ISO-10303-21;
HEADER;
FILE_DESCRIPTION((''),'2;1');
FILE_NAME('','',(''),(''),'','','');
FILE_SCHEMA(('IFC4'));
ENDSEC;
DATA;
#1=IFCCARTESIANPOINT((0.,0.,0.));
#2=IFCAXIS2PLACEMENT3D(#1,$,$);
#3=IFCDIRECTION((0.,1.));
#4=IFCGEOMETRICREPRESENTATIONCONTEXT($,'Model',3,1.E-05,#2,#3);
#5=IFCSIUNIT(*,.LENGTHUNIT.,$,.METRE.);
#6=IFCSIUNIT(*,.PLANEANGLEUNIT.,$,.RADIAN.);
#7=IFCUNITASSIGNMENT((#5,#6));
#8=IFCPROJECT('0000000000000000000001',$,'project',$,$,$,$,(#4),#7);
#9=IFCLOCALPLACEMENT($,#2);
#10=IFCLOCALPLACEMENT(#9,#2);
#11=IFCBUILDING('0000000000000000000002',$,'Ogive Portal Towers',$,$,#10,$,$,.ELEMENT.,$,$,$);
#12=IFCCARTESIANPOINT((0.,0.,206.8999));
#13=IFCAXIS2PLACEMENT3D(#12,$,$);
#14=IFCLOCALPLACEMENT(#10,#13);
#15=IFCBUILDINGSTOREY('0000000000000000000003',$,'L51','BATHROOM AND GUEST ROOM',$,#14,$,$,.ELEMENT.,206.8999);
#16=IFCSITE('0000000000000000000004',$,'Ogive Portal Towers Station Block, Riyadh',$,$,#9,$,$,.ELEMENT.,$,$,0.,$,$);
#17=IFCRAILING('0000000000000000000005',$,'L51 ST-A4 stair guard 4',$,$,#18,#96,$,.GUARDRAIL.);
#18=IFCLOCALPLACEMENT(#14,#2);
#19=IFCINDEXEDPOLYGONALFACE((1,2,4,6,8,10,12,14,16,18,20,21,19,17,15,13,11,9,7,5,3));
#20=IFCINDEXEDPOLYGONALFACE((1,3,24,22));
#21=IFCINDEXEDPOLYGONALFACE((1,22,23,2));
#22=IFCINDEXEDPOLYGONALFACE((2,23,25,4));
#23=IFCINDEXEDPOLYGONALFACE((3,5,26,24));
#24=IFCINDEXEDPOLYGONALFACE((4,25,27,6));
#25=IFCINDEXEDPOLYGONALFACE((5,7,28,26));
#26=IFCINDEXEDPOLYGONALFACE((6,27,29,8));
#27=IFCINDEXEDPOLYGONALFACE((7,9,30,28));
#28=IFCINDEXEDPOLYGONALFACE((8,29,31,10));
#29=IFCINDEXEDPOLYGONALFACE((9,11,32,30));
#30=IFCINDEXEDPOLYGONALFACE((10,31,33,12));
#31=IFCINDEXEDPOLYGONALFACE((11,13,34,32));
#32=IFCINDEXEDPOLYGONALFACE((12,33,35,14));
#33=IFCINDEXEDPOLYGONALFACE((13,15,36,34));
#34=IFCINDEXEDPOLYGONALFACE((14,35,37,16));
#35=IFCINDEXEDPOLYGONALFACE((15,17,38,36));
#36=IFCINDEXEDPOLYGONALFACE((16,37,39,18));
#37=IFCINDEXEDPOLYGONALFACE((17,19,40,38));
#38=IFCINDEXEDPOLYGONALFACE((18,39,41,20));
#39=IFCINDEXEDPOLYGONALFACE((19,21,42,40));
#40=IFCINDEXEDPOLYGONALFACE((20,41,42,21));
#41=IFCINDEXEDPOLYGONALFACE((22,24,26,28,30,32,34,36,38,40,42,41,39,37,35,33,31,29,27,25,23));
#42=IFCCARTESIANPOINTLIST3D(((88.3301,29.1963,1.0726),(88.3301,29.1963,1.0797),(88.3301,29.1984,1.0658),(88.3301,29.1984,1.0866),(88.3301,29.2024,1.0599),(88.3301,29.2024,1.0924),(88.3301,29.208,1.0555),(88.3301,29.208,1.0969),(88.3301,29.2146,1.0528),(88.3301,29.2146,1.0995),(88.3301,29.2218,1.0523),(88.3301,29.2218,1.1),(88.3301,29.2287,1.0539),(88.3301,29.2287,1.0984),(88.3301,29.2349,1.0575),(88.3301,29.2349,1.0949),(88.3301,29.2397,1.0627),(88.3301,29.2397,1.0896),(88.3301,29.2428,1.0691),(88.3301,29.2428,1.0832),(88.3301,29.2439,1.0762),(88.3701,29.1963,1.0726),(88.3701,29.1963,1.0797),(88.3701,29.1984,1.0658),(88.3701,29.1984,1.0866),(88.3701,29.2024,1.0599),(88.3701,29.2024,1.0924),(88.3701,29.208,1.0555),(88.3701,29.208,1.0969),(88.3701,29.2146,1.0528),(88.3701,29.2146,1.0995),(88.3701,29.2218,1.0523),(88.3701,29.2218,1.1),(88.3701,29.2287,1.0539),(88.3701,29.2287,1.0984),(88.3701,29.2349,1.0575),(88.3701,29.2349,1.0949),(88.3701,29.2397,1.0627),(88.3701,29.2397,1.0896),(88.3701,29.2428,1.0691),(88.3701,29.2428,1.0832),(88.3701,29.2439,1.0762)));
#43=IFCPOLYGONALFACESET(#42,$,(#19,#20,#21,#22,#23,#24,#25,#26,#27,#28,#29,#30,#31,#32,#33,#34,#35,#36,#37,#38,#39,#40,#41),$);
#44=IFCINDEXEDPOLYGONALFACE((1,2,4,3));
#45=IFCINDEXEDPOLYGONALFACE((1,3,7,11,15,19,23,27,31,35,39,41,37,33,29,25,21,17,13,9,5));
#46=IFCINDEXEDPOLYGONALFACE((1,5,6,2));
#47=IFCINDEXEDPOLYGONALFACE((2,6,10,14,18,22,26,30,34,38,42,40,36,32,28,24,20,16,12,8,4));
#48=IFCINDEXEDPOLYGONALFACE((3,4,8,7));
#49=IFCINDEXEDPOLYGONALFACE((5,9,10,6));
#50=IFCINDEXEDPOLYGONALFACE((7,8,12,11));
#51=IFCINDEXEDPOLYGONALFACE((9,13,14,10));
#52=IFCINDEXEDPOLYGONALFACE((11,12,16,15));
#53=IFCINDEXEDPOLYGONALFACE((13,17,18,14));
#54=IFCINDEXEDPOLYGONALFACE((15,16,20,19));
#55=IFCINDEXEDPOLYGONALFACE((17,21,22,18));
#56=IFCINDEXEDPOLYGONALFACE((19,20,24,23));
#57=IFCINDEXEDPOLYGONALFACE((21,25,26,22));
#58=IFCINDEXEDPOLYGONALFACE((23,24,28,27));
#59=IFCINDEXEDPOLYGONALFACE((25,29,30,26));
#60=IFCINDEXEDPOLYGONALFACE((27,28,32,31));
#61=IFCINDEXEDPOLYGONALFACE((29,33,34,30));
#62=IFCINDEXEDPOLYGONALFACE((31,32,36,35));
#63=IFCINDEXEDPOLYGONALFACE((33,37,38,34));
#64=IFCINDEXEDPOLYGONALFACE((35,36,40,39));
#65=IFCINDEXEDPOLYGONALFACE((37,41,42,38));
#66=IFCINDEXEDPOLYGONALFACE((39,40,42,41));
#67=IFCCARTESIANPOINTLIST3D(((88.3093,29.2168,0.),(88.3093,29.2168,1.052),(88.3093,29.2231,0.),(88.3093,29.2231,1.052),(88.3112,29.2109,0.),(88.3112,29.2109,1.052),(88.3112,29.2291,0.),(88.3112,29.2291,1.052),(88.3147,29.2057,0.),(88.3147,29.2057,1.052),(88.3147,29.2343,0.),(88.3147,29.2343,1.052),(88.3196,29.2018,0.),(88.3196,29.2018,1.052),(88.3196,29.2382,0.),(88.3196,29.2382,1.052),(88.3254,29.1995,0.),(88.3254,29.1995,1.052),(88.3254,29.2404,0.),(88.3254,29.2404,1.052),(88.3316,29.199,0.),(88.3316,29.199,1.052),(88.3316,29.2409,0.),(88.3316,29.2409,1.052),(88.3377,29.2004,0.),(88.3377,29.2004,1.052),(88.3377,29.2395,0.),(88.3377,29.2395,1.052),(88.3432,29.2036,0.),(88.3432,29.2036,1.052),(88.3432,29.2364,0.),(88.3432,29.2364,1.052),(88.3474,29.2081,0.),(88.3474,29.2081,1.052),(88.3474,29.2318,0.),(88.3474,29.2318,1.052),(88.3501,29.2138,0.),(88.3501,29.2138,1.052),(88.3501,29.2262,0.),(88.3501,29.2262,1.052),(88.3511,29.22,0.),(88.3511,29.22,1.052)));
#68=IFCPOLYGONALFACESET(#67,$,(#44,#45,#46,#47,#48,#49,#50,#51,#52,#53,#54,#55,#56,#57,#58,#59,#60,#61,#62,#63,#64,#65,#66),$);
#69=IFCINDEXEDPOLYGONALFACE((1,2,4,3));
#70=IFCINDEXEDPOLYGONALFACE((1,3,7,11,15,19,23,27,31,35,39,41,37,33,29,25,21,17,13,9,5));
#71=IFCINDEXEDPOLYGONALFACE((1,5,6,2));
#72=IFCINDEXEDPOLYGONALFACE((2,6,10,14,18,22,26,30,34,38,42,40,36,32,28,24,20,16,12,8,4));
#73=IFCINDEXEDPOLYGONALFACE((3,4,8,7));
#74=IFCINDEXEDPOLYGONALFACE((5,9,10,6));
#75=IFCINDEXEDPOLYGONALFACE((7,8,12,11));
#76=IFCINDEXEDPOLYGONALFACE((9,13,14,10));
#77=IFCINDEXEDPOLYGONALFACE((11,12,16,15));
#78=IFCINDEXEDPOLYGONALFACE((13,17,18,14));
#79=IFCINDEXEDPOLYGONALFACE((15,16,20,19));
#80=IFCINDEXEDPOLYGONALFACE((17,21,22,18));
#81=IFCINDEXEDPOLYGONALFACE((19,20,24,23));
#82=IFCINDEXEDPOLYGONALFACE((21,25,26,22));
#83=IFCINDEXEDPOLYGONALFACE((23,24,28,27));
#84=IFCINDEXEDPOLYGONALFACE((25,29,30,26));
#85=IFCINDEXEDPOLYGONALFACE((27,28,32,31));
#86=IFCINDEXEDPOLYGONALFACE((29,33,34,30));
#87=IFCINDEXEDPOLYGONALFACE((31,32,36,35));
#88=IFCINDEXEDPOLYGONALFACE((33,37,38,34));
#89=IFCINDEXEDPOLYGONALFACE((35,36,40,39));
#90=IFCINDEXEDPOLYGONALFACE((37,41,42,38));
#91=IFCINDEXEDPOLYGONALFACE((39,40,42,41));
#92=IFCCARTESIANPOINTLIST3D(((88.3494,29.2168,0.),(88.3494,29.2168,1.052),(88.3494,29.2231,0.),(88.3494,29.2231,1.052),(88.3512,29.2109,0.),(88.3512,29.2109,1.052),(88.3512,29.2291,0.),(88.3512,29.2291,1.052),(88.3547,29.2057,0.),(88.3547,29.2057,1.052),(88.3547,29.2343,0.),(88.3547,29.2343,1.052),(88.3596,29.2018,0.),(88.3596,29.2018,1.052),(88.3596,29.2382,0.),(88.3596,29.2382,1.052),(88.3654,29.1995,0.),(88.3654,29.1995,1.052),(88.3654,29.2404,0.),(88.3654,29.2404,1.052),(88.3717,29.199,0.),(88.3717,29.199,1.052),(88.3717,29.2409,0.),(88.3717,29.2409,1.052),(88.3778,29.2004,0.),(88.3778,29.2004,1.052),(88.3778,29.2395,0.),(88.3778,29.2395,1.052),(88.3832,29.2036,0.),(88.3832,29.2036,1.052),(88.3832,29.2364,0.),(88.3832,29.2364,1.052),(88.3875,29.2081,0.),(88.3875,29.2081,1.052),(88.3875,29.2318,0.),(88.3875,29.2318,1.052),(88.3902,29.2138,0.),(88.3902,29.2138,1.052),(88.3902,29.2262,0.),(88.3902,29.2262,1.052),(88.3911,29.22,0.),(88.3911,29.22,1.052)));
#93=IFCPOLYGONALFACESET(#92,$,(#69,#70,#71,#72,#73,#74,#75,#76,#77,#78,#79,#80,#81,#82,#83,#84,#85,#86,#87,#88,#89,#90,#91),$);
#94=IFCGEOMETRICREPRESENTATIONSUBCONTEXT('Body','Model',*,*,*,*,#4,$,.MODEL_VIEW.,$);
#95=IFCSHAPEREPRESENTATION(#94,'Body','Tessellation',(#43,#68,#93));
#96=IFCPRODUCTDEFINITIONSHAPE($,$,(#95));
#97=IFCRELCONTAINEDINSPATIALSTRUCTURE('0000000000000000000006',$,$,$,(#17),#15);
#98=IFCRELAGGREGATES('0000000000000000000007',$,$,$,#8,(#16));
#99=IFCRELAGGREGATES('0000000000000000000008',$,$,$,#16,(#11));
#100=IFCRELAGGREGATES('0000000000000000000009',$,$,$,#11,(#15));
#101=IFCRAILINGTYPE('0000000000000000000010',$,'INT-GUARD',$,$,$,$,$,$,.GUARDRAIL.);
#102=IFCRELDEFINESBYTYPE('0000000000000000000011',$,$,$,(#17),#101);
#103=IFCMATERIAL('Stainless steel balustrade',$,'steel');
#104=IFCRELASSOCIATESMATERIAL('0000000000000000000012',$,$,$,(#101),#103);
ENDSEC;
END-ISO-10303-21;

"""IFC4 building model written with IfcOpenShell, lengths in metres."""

from ifc_helpers import new_model, si_unit, direction, frame, origin, origin_2d, place, context, subcontext, project, spatial, circle, extrude, material, type_object, element, save


model = new_model("IFC4")

# Units and contexts
model_context = context("Model", 3, precision=1e-05, world=origin(), true_north=direction((0.0, 1.0)))
body_context = subcontext(model_context, "Body", "Model", "MODEL_VIEW")
ifc_project = project(units=[si_unit("LENGTHUNIT", "METRE"), si_unit("PLANEANGLEUNIT", "RADIAN")], contexts=[model_context])

# Site, building, storey
site_placement = place(None, origin())
site = spatial("IfcSite", under=ifc_project, at=site_placement, Name="Ogive Portal Towers Station Block, Riyadh", CompositionType="ELEMENT", RefElevation=0.0)
building_placement = place(site_placement, origin())
building = spatial("IfcBuilding", under=site, at=building_placement, Name="Ogive Portal Towers", CompositionType="ELEMENT")
storey_placement = place(building_placement, frame((0.0, 0.0, 206.8999)))
storey = spatial("IfcBuildingStorey", under=building, at=storey_placement, Name="L51", Description="BATHROOM AND GUEST ROOM", CompositionType="ELEMENT", Elevation=206.8999)

# Railing
ifc_material_1 = material(Name="Stainless steel balustrade", Category="steel")
railing_type_1 = type_object("IfcRailingType", Name="INT-GUARD", PredefinedType="GUARDRAIL", material=ifc_material_1)
railing_1_placement = place(storey_placement, frame((88.3301, 29.22, 0.0)))
element("IfcRailing", 1, at=railing_1_placement, inside=storey, type_object=railing_type_1, Name="L51 ST-A4 stair guard 4", PredefinedType="GUARDRAIL", context=body_context, shape_type="SweptSolid", body=[
    extrude(circle(Radius=0.0239, at=origin_2d()), frame((0.0, 0.0, 1.0762), z_axis=(1.0, 0.0, 0.0), x_axis=(0.0, 1.0, 0.0)), (0.0, 0.0, 1.0), 0.04),
    extrude(circle(Radius=0.021, at=origin_2d()), origin(), (0.0, 0.0, 1.0), 1.052),
    extrude(circle(Radius=0.021, at=origin_2d()), frame((0.04, 0.0, 0.0)), (0.0, 0.0, 1.0), 1.052),
])

save(model, "model.ifc")
